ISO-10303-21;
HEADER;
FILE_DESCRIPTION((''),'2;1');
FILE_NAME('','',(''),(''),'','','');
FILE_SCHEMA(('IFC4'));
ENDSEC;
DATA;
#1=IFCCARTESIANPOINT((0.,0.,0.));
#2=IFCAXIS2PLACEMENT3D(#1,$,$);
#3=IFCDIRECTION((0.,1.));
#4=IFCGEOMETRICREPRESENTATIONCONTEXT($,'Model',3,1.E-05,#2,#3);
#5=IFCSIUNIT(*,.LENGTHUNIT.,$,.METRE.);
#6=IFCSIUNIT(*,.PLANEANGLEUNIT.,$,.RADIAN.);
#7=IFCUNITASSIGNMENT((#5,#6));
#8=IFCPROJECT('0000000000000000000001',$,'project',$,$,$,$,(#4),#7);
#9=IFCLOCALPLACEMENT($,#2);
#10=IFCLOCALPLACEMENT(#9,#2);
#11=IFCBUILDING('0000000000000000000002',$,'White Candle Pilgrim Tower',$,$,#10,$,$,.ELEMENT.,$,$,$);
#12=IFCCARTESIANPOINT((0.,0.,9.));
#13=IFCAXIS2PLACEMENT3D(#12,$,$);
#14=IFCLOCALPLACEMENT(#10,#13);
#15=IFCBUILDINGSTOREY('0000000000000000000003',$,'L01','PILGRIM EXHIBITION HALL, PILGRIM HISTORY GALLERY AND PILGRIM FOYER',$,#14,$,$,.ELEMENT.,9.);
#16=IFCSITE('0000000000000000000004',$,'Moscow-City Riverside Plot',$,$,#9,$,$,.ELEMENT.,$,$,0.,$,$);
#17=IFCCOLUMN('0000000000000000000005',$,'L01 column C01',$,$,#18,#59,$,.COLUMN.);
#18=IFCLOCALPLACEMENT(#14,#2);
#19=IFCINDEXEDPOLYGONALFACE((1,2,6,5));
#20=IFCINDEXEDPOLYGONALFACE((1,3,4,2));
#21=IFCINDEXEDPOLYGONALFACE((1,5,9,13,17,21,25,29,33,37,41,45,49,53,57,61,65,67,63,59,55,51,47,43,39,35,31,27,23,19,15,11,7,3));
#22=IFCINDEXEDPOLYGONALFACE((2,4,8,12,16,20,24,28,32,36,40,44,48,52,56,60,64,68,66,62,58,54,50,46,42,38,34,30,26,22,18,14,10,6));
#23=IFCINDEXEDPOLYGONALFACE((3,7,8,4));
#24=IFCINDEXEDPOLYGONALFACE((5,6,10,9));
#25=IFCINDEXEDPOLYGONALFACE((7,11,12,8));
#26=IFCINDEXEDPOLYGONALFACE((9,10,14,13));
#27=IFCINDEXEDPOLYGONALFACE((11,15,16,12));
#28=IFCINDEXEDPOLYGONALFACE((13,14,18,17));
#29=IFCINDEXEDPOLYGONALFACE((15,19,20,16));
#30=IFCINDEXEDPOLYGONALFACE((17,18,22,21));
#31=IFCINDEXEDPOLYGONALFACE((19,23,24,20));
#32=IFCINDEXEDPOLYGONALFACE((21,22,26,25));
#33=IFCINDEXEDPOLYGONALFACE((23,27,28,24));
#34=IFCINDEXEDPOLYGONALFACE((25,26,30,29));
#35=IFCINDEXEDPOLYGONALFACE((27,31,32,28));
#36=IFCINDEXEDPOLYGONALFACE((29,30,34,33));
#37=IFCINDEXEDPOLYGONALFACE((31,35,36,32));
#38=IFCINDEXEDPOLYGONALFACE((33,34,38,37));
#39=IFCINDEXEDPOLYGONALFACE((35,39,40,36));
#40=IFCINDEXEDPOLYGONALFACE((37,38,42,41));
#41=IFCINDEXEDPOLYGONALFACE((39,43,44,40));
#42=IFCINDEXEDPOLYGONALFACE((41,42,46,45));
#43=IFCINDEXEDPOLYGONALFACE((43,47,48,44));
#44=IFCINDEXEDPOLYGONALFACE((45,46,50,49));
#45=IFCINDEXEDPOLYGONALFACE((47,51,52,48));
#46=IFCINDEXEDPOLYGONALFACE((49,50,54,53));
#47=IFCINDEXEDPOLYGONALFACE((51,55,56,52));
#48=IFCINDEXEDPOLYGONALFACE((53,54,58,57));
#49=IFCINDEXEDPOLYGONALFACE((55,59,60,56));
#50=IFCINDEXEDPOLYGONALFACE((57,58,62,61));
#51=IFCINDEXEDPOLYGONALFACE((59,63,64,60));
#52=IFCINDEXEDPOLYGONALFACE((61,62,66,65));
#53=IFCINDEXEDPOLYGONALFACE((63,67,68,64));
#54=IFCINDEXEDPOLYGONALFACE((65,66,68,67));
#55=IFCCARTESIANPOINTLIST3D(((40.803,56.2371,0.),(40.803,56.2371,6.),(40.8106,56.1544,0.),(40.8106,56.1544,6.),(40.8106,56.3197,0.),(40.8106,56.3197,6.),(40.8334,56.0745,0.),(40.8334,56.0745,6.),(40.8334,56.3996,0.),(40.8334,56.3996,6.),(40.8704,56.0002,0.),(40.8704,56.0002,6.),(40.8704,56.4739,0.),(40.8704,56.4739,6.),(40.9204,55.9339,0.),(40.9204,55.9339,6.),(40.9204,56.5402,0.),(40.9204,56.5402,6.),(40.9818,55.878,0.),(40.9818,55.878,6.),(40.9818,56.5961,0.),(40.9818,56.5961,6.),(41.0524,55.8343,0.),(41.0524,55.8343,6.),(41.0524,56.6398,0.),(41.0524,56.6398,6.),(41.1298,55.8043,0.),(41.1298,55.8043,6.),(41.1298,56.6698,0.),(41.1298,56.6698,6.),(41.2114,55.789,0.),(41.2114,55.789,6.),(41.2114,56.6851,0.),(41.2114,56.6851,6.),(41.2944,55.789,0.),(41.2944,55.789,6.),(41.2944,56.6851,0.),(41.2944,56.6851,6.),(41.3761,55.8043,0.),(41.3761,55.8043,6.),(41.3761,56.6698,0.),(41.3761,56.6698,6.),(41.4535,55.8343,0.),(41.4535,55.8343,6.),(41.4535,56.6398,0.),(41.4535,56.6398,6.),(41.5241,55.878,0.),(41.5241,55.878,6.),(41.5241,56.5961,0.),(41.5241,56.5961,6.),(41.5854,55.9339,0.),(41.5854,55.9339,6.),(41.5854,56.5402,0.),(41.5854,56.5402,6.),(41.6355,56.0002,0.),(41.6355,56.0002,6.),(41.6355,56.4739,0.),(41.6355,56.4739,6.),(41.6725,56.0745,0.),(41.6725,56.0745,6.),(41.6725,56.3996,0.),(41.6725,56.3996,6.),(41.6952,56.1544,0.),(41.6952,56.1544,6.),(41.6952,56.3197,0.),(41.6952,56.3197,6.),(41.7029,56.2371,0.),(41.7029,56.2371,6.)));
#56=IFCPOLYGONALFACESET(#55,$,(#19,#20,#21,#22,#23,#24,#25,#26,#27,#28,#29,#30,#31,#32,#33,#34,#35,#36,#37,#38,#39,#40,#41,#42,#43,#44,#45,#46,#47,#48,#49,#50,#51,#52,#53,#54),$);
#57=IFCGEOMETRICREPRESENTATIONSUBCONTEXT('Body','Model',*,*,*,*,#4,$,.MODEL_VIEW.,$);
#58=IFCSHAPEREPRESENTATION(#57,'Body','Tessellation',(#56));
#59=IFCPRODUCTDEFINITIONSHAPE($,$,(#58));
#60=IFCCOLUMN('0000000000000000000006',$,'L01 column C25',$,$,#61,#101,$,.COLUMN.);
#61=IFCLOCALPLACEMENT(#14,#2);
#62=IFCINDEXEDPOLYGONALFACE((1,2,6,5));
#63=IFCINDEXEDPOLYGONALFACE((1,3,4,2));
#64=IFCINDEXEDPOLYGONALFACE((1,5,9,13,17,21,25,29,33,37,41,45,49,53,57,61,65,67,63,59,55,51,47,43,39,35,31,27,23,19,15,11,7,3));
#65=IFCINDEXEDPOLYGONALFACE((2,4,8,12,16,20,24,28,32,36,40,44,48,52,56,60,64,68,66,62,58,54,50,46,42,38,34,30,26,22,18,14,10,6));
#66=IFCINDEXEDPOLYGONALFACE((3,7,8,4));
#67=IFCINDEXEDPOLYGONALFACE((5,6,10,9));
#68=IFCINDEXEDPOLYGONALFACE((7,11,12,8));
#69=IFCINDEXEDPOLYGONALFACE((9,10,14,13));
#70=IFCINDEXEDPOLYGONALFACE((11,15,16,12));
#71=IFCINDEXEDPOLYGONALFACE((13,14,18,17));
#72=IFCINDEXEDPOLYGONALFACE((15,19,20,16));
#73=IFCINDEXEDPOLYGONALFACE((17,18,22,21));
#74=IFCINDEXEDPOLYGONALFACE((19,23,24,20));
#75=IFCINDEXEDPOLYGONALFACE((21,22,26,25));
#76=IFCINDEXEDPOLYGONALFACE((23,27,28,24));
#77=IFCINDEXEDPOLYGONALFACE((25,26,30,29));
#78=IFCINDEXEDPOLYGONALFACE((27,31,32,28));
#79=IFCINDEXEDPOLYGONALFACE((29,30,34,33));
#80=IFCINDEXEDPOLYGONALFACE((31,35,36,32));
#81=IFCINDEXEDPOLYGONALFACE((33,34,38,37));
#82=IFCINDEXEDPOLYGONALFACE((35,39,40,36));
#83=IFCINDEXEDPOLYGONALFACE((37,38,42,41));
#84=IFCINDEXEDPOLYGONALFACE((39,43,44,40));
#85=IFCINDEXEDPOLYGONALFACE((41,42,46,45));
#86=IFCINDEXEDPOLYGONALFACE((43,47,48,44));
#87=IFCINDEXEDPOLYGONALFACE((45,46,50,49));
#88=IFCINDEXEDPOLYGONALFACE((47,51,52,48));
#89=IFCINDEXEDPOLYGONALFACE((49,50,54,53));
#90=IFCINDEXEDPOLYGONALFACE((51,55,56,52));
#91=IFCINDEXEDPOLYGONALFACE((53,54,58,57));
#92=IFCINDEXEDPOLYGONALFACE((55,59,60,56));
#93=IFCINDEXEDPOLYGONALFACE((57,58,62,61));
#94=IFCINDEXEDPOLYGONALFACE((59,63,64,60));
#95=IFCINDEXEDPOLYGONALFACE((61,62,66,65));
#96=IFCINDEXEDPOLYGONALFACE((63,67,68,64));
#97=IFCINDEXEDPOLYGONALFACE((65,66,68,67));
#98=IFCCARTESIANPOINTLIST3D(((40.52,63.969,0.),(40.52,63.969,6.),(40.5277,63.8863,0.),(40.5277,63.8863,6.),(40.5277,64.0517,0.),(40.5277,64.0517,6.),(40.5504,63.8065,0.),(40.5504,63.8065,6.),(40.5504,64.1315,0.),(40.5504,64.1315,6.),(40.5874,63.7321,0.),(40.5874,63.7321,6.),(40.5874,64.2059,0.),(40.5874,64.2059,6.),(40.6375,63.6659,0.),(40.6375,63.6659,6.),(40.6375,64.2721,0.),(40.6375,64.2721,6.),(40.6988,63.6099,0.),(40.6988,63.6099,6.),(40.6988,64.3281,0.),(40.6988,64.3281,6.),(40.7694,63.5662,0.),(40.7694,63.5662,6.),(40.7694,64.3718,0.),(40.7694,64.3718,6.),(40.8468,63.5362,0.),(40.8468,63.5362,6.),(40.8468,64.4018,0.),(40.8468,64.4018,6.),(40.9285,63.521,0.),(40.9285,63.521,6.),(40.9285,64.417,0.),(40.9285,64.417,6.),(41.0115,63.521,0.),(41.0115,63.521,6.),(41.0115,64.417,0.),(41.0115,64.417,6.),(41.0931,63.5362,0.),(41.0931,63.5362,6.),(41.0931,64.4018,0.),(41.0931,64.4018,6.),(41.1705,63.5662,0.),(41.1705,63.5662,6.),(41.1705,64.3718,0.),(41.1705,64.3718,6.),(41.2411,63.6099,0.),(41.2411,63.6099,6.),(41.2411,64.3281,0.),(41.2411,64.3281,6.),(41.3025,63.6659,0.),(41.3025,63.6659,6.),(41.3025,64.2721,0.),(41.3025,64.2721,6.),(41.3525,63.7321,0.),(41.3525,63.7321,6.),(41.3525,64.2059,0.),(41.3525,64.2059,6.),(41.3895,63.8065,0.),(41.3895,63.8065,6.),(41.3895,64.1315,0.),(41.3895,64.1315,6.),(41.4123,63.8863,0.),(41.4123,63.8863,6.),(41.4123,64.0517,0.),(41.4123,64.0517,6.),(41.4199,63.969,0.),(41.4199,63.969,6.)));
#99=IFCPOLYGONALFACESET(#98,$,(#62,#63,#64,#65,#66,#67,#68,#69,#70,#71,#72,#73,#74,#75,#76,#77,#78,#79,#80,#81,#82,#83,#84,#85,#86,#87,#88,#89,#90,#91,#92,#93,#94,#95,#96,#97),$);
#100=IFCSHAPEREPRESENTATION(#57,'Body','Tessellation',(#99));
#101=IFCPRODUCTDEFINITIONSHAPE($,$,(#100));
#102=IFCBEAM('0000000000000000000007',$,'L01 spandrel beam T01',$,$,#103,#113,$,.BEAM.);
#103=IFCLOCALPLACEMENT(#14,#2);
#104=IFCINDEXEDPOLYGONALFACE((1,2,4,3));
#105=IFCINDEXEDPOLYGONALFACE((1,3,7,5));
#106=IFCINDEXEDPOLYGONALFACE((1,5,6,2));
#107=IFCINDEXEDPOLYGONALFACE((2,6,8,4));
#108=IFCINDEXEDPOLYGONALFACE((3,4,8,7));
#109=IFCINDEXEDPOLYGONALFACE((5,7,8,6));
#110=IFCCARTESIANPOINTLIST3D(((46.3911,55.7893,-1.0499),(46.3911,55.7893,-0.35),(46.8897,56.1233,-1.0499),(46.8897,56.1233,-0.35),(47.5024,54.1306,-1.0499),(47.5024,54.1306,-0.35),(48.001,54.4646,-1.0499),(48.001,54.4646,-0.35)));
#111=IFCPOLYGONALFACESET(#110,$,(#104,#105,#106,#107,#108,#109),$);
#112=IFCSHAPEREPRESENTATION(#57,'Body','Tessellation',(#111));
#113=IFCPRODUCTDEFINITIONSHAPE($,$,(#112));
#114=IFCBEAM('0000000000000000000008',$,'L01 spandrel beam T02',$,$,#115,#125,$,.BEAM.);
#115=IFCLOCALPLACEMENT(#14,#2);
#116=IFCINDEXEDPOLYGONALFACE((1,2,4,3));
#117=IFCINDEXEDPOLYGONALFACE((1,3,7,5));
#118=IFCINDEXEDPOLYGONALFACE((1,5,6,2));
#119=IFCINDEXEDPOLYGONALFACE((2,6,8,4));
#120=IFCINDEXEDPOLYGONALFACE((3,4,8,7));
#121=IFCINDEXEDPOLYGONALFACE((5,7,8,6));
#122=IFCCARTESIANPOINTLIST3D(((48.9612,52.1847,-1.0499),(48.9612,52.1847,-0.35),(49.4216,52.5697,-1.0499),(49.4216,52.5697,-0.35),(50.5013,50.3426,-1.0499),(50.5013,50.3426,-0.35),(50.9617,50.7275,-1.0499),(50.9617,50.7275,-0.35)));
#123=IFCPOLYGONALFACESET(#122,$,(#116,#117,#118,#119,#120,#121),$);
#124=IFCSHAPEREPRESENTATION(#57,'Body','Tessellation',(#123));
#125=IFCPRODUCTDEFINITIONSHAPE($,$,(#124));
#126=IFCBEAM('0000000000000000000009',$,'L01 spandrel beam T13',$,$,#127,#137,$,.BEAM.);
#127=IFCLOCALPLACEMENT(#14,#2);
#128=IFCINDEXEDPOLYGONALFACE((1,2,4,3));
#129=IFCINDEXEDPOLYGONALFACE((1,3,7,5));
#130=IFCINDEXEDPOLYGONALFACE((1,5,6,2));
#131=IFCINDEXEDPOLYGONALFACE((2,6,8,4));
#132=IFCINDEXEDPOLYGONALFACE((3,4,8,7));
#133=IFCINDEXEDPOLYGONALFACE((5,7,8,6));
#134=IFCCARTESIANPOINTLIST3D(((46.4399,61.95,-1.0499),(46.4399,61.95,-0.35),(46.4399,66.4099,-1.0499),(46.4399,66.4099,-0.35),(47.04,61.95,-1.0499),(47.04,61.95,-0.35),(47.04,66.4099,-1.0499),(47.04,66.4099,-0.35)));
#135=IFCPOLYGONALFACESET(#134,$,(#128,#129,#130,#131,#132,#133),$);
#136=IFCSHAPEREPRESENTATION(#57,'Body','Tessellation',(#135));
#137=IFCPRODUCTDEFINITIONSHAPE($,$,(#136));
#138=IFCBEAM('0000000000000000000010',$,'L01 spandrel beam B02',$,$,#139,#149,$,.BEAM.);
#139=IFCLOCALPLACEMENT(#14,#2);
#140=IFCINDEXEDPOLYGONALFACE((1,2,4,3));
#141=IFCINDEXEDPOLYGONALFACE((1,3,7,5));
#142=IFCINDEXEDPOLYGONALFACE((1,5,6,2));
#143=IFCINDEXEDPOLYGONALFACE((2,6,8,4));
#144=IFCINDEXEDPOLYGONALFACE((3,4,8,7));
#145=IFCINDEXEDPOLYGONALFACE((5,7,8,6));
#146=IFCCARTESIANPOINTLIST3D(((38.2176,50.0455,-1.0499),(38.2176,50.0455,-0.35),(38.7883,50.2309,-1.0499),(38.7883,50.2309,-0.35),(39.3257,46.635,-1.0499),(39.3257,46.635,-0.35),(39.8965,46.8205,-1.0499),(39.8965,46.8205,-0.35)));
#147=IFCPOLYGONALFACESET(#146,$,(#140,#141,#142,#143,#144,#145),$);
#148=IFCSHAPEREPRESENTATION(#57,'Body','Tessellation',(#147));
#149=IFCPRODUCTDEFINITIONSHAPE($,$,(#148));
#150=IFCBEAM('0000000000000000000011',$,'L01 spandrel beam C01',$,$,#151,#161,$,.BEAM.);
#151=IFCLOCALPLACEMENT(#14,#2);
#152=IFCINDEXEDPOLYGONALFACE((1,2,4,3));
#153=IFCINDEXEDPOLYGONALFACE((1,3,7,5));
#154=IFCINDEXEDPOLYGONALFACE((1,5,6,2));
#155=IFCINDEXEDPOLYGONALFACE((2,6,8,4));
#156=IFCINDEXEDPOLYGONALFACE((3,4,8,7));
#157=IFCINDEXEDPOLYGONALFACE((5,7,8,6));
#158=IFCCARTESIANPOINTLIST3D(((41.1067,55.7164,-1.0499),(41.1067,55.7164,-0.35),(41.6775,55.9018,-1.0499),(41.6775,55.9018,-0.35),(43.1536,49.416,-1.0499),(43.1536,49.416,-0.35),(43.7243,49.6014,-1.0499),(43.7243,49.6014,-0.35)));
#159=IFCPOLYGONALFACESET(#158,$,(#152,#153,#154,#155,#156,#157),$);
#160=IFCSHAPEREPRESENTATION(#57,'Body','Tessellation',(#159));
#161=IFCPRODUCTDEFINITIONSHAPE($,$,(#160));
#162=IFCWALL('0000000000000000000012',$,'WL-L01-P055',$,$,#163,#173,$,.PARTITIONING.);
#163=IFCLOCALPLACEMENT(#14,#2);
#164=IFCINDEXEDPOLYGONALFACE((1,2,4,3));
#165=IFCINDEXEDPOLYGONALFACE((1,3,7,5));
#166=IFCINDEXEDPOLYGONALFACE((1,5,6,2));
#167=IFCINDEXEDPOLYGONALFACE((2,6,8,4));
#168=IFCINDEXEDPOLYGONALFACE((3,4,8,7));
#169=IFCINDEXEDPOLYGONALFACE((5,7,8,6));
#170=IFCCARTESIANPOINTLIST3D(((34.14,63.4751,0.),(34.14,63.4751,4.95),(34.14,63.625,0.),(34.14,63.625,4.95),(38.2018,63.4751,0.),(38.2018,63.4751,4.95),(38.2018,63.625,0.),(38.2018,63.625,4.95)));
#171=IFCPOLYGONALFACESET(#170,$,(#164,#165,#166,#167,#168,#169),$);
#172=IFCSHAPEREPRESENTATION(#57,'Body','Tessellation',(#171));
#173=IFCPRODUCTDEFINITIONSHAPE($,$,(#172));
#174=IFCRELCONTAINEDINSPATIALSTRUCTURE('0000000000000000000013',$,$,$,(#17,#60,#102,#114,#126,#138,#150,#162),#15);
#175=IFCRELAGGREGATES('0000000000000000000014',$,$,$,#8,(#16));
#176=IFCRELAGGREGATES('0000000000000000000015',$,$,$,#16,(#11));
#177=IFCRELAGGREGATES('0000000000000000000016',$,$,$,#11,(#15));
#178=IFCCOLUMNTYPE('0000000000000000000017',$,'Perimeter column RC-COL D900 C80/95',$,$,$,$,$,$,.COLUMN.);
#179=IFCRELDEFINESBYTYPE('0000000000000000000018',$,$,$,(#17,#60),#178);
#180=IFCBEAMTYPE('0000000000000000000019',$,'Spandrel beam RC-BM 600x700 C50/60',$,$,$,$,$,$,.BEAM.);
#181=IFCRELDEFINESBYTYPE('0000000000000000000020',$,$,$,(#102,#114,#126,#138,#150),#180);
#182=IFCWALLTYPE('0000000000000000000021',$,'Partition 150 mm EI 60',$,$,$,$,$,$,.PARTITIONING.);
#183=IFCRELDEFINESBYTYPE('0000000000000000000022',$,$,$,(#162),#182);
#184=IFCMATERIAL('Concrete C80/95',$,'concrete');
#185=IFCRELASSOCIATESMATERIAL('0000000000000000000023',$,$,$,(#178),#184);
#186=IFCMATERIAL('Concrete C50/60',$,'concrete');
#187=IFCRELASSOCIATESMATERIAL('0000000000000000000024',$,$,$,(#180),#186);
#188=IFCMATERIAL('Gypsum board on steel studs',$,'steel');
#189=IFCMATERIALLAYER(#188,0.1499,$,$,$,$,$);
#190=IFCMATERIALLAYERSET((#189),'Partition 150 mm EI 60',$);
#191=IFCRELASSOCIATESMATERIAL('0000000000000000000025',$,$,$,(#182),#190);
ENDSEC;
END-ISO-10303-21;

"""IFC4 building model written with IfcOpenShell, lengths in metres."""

from ifc_helpers import new_model, si_unit, direction, frame, frame_2d, origin, origin_2d, place, context, subcontext, project, spatial, rectangle, circle, extrude, material, layer, layer_set, material_profile, profile_set, type_object, element, save


model = new_model("IFC4")

# Units and contexts
model_context = context("Model", 3, precision=1e-05, world=origin(), true_north=direction((0.0, 1.0)))
body_context = subcontext(model_context, "Body", "Model", "MODEL_VIEW")
ifc_project = project(units=[si_unit("LENGTHUNIT", "METRE"), si_unit("PLANEANGLEUNIT", "RADIAN")], contexts=[model_context])

# Site, building, storey
site_placement = place(None, origin())
site = spatial("IfcSite", under=ifc_project, at=site_placement, Name="Moscow-City Riverside Plot", CompositionType="ELEMENT", RefElevation=0.0)
building_placement = place(site_placement, origin())
building = spatial("IfcBuilding", under=site, at=building_placement, Name="White Candle Pilgrim Tower", CompositionType="ELEMENT")
storey_placement = place(building_placement, frame((0.0, 0.0, 9.0)))
storey = spatial("IfcBuildingStorey", under=building, at=storey_placement, Name="L01", Description="PILGRIM EXHIBITION HALL, PILGRIM HISTORY GALLERY AND PILGRIM FOYER", CompositionType="ELEMENT", Elevation=9.0)

# Columns
ifc_material_1 = material(Name="Concrete C80/95", Category="concrete")
ifc_material_profile_1 = material_profile(ifc_material_1, circle(Radius=0.45, at=origin_2d()), Name="RC-COL D900")
ifc_profile_set_1 = profile_set([ifc_material_profile_1], Name="Concrete C80/95")
column_type_1 = type_object("IfcColumnType", Name="Perimeter column RC-COL D900 C80/95", PredefinedType="COLUMN", material=ifc_profile_set_1)
for number, where, z_axis, x_axis, name in (
    (1, (41.2529, 56.2371, 0.0), (0.0, 0.0, 1.0), (1.0, 0.0, 0.0), "L01 column C01"),
    (2, (40.97, 63.969, 0.0), (0.0, 0.0, 1.0), (1.0, 0.0, 0.0), "L01 column C25"),
):
    element("IfcColumn", number, at=place(storey_placement, frame(where, z_axis=z_axis, x_axis=x_axis)), inside=storey, type_object=column_type_1, Name=name, PredefinedType="COLUMN", context=body_context, shape_type="SweptSolid", body=[
        extrude(circle(Radius=0.45, at=origin_2d()), origin(), (0.0, 0.0, 1.0), 6.0),
    ])

# Beams
ifc_material_2 = material(Name="Concrete C50/60", Category="concrete")
ifc_material_profile_2 = material_profile(ifc_material_2, rectangle(XDim=0.6001, YDim=0.7, at=origin_2d()), Name="RC-BM 600x700")
ifc_profile_set_2 = profile_set([ifc_material_profile_2], Name="Concrete C50/60")
beam_type = type_object("IfcBeamType", Name="Spandrel beam RC-BM 600x700 C50/60", PredefinedType="BEAM", material=ifc_profile_set_2)
beam_1_placement = place(storey_placement, frame((46.6404, 55.9563, -0.7), z_axis=(0.556618, -0.830769, 0.0), x_axis=(0.830769, 0.556618, 0.0)))
element("IfcBeam", 3, at=beam_1_placement, inside=storey, type_object=beam_type, Name="L01 spandrel beam T01", PredefinedType="BEAM", context=body_context, shape_type="SweptSolid", body=[
    extrude(rectangle(XDim=0.6001, YDim=0.7, at=origin_2d()), origin(), (0.0, 0.0, 1.0), 1.9966),
])
beam_2_placement = place(storey_placement, frame((49.1914, 52.3772, -0.7), z_axis=(0.641414, -0.767195, 0.0), x_axis=(0.767195, 0.641414, 0.0)))
element("IfcBeam", 4, at=beam_2_placement, inside=storey, type_object=beam_type, Name="L01 spandrel beam T02", PredefinedType="BEAM", context=body_context, shape_type="SweptSolid", body=[
    extrude(rectangle(XDim=0.6001, YDim=0.7, at=origin_2d()), origin(), (0.0, 0.0, 1.0), 2.4011),
])
beam_3_placement = place(storey_placement, frame((46.74, 66.4099, -0.7), z_axis=(0.0, -1.0, 0.0), x_axis=(1.0, 0.0, 0.0)))
element("IfcBeam", 5, at=beam_3_placement, inside=storey, type_object=beam_type, Name="L01 spandrel beam T13", PredefinedType="BEAM", context=body_context, shape_type="SweptSolid", body=[
    extrude(rectangle(XDim=0.6001, YDim=0.7, at=origin_2d()), origin(), (0.0, 0.0, 1.0), 4.46),
])
beam_4_placement = place(storey_placement, frame((38.5029, 50.1382, -0.7), z_axis=(0.309029, -0.951053, 0.0), x_axis=(0.951053, 0.309029, 0.0)))
element("IfcBeam", 6, at=beam_4_placement, inside=storey, type_object=beam_type, Name="L01 spandrel beam B02", PredefinedType="BEAM", context=body_context, shape_type="SweptSolid", body=[
    extrude(rectangle(XDim=0.6001, YDim=0.7, at=origin_2d()), origin(), (0.0, 0.0, 1.0), 3.5859),
])
beam_5_placement = place(storey_placement, frame((41.3921, 55.8091, -0.7), z_axis=(0.308988, -0.951066, 0.0), x_axis=(0.951066, 0.308988, 0.0)))
element("IfcBeam", 7, at=beam_5_placement, inside=storey, type_object=beam_type, Name="L01 spandrel beam C01", PredefinedType="BEAM", context=body_context, shape_type="SweptSolid", body=[
    extrude(rectangle(XDim=0.6001, YDim=0.7, at=origin_2d()), origin(), (0.0, 0.0, 1.0), 6.6245),
])

# Wall
ifc_material_3 = material(Name="Gypsum board on steel studs", Category="steel")
ifc_layer_1 = layer(ifc_material_3, 0.1499)
ifc_layer_set_1 = layer_set([ifc_layer_1], Name="Partition 150 mm EI 60")
wall_type_1 = type_object("IfcWallType", Name="Partition 150 mm EI 60", PredefinedType="PARTITIONING", material=ifc_layer_set_1)
wall_1_placement = place(storey_placement, frame((38.2017, 63.55, 0.0), z_axis=(0.0, 0.0, 1.0), x_axis=(-1.0, 0.0, 0.0)))
element("IfcWall", 8, at=wall_1_placement, inside=storey, type_object=wall_type_1, Name="WL-L01-P055", PredefinedType="PARTITIONING", context=body_context, shape_type="SweptSolid", body=[
    extrude(rectangle(XDim=4.0618, YDim=0.1499, at=frame_2d((2.0308, 0.0))), origin(), (0.0, 0.0, 1.0), 4.95),
])

save(model, "model.ifc")
